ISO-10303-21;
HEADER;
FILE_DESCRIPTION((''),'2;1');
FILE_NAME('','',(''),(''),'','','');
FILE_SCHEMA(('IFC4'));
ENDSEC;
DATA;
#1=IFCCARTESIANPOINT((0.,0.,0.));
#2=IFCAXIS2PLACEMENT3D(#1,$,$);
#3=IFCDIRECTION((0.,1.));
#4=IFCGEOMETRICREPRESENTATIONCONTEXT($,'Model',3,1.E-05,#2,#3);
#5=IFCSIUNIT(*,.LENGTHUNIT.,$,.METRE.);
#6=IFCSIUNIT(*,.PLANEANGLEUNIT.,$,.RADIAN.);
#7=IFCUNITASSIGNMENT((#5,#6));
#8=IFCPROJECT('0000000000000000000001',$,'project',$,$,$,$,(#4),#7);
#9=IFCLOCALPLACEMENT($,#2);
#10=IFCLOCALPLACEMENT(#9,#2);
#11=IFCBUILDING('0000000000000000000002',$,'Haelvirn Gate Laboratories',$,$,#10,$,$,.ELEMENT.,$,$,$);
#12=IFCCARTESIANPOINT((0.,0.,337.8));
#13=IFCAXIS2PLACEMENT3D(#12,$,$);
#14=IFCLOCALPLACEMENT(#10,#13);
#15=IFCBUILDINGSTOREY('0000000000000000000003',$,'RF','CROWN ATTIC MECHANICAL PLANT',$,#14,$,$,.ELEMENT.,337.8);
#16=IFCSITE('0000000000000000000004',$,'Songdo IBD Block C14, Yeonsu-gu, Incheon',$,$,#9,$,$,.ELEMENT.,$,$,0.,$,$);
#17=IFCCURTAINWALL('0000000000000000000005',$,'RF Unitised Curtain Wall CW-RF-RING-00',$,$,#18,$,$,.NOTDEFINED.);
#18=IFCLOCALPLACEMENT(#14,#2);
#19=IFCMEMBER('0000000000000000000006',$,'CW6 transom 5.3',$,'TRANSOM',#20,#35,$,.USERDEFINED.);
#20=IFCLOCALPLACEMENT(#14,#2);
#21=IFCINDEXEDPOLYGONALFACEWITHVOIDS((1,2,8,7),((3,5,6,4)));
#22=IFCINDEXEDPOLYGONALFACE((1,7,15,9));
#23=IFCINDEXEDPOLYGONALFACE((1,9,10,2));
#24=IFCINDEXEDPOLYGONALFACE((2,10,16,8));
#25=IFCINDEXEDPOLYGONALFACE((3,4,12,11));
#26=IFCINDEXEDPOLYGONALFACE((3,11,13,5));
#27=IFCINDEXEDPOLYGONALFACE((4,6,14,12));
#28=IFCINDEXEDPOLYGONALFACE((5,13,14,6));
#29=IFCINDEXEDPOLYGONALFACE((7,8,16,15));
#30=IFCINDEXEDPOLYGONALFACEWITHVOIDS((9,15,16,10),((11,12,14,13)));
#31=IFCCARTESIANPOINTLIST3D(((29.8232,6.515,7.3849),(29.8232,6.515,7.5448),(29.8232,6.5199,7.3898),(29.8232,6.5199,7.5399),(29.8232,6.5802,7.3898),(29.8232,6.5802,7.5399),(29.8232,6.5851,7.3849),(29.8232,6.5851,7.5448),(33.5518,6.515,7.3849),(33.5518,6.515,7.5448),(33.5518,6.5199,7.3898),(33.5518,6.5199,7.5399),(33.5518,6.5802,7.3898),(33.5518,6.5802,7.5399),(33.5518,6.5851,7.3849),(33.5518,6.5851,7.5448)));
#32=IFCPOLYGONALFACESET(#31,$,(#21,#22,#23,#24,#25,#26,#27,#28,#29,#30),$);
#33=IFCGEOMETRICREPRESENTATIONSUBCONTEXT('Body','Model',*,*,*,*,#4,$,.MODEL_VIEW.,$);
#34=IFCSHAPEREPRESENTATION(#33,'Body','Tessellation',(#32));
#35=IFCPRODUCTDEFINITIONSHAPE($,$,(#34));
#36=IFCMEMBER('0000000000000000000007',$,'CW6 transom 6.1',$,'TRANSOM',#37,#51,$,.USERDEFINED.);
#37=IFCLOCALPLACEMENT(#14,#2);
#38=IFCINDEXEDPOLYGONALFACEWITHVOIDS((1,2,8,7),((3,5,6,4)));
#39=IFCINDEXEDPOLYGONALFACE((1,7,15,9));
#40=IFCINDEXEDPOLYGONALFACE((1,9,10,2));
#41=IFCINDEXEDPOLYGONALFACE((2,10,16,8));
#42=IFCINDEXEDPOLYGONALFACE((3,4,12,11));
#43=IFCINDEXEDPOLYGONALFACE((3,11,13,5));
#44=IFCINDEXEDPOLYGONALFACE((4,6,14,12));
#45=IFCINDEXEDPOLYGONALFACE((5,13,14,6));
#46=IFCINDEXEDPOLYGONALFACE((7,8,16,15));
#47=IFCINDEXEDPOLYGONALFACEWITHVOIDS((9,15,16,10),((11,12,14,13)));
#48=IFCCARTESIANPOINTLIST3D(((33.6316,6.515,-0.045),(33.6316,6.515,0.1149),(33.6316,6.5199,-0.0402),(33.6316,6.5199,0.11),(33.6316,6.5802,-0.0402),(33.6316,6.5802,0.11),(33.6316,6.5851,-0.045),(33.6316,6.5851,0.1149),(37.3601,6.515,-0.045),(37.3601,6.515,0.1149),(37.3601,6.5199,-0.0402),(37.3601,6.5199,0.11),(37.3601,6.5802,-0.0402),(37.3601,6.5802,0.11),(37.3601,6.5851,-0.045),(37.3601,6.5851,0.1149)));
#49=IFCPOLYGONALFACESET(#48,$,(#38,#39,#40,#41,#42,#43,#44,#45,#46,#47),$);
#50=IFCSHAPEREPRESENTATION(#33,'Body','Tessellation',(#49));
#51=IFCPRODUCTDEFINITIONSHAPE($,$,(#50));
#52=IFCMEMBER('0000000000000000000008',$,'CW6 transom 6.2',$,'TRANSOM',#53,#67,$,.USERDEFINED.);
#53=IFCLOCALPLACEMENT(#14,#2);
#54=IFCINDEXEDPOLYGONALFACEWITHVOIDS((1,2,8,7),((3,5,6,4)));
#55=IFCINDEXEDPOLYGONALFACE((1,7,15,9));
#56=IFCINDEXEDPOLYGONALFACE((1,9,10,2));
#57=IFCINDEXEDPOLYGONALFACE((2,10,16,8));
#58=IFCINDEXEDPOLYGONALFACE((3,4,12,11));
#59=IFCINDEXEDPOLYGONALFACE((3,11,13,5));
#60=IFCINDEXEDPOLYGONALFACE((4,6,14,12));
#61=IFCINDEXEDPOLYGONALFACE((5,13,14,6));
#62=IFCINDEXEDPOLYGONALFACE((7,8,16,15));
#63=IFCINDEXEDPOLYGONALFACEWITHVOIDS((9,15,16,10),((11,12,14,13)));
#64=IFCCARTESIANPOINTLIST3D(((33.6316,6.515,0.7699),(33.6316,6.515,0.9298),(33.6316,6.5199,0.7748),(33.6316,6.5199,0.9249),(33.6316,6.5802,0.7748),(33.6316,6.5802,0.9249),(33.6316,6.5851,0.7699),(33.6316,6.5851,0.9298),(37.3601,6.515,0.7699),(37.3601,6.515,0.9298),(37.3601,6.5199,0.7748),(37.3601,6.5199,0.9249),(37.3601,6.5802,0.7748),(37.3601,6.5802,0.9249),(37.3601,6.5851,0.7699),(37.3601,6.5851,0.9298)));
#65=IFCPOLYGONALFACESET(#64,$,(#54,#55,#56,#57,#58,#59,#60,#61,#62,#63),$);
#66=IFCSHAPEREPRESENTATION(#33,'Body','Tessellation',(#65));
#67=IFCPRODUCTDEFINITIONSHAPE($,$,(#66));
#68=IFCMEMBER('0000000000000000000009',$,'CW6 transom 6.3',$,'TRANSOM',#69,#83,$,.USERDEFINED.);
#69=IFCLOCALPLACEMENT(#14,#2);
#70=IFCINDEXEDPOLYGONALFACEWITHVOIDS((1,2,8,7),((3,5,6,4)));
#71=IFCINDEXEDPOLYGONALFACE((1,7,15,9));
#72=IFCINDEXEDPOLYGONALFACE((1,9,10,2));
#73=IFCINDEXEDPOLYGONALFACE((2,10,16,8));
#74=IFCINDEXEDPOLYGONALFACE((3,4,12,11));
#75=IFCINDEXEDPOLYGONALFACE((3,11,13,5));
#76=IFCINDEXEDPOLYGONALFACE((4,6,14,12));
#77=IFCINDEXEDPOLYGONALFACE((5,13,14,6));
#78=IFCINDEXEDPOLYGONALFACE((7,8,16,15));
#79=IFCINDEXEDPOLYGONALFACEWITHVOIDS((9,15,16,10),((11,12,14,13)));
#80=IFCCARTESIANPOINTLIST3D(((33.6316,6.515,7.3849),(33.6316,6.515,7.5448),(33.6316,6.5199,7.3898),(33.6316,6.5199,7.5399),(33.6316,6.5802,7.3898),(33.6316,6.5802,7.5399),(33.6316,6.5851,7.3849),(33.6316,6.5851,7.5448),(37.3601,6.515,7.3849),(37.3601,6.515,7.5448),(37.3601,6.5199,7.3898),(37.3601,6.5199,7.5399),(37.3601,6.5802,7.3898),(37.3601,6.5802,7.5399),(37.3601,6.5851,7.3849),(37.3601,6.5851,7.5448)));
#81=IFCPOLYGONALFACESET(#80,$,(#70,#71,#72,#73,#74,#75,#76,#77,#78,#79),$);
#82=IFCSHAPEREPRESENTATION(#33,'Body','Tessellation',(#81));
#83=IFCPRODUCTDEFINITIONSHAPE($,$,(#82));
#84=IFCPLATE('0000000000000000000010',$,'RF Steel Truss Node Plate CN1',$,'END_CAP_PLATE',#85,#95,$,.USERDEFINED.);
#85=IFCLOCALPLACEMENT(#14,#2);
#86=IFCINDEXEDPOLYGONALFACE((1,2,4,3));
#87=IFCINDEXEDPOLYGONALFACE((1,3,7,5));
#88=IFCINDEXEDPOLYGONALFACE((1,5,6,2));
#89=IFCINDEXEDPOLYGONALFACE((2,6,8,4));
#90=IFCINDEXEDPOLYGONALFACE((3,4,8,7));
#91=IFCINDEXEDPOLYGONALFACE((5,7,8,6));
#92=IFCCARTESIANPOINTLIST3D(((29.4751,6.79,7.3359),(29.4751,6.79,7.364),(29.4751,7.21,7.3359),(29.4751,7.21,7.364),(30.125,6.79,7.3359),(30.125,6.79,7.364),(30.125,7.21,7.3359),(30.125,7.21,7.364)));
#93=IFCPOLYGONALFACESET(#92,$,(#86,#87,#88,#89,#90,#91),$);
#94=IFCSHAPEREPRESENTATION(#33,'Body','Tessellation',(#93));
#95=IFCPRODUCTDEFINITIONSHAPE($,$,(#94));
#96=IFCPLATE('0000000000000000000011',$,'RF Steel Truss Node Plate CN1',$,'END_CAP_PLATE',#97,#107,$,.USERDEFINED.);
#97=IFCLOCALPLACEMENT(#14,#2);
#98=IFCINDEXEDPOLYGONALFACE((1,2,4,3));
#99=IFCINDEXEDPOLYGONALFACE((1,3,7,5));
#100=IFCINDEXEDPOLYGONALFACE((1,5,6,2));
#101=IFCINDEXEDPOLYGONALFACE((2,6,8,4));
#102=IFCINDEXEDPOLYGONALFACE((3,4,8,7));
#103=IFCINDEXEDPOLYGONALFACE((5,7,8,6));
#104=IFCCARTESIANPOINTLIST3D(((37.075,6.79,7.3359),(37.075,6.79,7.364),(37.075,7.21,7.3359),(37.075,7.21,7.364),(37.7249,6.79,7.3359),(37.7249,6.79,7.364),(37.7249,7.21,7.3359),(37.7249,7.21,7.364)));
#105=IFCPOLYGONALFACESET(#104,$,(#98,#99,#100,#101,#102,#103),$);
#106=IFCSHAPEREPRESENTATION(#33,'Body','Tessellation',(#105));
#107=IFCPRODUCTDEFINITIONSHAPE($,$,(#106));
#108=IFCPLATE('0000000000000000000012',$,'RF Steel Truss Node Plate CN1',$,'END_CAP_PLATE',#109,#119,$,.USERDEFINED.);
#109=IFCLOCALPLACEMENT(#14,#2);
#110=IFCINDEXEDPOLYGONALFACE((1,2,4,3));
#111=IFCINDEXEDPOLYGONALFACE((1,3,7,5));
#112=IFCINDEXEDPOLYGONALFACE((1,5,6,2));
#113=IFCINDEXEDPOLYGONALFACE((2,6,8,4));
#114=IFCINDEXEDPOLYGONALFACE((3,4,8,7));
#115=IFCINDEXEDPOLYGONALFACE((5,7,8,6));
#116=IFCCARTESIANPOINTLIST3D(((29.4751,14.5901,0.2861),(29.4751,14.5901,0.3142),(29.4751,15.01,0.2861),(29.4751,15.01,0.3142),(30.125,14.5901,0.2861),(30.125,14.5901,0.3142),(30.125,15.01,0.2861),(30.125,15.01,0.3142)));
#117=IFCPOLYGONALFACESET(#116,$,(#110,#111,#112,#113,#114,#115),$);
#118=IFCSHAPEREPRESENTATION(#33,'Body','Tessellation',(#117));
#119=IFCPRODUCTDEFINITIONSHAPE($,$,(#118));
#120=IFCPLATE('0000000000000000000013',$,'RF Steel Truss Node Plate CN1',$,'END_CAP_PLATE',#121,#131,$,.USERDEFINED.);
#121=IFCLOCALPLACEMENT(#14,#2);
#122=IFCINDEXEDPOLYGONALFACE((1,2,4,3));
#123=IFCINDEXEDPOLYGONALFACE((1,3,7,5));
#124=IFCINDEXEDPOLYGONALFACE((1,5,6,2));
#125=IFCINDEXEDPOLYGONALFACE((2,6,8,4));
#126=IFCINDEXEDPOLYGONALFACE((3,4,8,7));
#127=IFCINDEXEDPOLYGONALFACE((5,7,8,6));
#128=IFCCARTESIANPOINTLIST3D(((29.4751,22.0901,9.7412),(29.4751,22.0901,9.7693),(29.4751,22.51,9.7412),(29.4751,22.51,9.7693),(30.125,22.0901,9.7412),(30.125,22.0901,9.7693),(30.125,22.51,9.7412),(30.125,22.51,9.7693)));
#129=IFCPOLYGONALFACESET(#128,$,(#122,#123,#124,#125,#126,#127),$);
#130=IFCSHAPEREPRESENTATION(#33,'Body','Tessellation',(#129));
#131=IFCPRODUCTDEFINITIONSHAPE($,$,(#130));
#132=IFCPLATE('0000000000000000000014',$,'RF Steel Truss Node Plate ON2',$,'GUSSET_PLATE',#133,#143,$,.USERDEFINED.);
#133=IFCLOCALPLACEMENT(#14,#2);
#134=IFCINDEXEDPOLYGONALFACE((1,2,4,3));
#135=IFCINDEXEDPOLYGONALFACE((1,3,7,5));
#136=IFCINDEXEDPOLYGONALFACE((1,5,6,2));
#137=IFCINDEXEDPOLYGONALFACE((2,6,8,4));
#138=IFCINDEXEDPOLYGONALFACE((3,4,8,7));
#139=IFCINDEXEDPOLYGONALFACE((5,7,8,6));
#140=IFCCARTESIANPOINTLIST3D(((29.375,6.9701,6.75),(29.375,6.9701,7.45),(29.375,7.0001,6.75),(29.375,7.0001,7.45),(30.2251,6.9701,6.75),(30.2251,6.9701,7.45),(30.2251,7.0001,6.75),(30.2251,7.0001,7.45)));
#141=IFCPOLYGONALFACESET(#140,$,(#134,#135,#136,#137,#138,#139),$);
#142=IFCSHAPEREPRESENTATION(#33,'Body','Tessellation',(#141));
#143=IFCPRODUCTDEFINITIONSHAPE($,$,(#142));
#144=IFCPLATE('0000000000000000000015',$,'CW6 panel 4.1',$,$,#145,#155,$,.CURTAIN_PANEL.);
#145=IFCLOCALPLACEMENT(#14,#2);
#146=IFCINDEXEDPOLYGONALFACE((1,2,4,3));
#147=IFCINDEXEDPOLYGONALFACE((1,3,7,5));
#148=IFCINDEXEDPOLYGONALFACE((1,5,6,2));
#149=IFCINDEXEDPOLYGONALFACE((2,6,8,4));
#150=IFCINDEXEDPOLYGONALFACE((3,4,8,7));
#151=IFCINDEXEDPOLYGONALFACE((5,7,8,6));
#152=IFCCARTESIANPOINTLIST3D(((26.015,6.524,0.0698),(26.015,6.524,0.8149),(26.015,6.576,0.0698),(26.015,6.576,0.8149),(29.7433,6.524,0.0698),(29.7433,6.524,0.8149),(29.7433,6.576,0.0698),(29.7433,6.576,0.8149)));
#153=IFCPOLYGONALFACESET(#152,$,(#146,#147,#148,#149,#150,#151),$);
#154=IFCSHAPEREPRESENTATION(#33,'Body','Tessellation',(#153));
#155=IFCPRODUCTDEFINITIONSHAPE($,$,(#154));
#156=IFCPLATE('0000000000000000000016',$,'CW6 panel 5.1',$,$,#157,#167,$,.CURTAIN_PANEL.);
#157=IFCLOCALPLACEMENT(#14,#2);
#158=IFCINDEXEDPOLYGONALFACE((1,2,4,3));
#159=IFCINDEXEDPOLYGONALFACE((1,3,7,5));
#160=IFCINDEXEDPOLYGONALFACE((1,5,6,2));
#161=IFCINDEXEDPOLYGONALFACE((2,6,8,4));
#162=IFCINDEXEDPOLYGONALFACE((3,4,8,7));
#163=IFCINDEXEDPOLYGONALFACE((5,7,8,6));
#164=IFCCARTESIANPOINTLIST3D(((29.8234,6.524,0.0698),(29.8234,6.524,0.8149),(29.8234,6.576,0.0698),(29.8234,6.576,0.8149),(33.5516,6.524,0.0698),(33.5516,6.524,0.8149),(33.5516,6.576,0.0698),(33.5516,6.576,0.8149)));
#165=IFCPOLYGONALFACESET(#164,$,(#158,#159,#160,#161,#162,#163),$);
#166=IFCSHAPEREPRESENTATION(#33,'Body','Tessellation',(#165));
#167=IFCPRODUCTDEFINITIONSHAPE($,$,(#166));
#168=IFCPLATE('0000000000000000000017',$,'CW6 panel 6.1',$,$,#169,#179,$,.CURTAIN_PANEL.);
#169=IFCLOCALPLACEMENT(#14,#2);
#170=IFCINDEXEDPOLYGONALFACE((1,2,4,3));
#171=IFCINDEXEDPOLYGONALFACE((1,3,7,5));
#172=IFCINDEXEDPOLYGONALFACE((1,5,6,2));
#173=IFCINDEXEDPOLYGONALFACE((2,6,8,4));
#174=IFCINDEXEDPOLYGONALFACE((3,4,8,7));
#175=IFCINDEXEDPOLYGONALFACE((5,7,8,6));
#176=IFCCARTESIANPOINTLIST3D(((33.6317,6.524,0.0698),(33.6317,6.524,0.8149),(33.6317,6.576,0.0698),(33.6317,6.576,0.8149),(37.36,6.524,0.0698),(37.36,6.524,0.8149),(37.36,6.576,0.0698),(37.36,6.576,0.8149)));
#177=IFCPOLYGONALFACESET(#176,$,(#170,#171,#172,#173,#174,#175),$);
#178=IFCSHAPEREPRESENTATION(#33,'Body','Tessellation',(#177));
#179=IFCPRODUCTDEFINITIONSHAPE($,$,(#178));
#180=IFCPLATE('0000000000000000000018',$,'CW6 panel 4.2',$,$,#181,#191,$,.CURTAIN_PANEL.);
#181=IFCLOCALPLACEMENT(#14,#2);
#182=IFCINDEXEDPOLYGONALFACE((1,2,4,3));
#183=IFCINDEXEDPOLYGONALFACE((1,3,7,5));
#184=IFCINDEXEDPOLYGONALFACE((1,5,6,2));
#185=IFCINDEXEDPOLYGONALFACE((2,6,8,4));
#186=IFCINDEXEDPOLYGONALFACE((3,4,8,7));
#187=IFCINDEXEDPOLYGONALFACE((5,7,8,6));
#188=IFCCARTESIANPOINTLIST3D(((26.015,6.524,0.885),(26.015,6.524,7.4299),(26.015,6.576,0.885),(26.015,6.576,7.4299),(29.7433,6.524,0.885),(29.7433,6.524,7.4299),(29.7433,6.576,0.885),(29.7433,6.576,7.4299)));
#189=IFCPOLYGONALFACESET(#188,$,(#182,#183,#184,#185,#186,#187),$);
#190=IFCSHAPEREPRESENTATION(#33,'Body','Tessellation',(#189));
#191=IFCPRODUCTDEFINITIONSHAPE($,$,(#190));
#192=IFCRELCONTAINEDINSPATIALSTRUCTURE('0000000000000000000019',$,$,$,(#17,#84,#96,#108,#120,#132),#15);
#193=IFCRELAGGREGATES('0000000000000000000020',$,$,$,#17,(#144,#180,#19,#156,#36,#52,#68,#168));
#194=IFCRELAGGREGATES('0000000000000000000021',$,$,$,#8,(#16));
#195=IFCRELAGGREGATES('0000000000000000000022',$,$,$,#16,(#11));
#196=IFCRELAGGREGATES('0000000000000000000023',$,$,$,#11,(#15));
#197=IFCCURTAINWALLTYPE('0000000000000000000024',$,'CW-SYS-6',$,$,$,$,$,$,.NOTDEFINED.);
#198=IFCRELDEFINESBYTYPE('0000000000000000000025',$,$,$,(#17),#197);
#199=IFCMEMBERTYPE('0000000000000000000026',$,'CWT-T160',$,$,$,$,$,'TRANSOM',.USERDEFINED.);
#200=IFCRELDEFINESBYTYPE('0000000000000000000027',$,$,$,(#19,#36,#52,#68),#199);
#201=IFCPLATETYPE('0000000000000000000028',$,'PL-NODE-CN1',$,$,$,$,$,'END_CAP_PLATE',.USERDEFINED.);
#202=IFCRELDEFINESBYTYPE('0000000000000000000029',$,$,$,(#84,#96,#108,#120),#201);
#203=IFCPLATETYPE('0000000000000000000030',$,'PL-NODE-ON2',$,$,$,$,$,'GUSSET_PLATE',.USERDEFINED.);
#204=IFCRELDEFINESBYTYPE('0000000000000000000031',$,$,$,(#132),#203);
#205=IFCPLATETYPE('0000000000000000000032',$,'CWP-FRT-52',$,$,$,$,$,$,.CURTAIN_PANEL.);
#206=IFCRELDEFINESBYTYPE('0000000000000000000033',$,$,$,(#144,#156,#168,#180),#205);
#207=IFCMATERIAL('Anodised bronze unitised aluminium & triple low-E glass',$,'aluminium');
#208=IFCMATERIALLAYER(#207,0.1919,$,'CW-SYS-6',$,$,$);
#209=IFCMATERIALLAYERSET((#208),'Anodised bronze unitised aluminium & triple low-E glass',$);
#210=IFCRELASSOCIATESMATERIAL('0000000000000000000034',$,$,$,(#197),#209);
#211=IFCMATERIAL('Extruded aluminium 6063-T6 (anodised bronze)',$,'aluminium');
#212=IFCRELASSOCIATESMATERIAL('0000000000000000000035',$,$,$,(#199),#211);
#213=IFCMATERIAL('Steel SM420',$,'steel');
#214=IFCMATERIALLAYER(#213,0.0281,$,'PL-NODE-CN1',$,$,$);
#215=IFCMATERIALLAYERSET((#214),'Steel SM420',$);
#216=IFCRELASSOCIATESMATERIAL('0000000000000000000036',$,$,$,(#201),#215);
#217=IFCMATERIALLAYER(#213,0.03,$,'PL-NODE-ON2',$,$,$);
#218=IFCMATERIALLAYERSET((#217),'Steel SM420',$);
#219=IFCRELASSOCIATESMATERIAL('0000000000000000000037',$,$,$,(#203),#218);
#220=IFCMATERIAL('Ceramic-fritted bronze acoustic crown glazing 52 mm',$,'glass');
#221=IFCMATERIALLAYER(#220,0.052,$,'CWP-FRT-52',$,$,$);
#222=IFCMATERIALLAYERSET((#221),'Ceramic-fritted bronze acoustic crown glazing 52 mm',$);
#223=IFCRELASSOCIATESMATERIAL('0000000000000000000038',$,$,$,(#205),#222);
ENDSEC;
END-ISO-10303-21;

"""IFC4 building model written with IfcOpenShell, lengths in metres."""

from ifc_helpers import new_model, si_unit, direction, frame, origin, origin_2d, place, context, subcontext, project, spatial, rectangle, hollow_rectangle, extrude, source, transform, mapped, material, layer, layer_set, material_profile, profile_set, type_object, type_shapes, element, aggregate, save


model = new_model("IFC4")

# Units and contexts
model_context = context("Model", 3, precision=1e-05, world=origin(), true_north=direction((0.0, 1.0)))
body_context = subcontext(model_context, "Body", "Model", "MODEL_VIEW")
ifc_project = project(units=[si_unit("LENGTHUNIT", "METRE"), si_unit("PLANEANGLEUNIT", "RADIAN")], contexts=[model_context])

# Site, building, storey
site_placement = place(None, origin())
site = spatial("IfcSite", under=ifc_project, at=site_placement, Name="Songdo IBD Block C14, Yeonsu-gu, Incheon", CompositionType="ELEMENT", RefElevation=0.0)
building_placement = place(site_placement, origin())
building = spatial("IfcBuilding", under=site, at=building_placement, Name="Haelvirn Gate Laboratories", CompositionType="ELEMENT")
storey_placement = place(building_placement, frame((0.0, 0.0, 337.8)))
storey = spatial("IfcBuildingStorey", under=building, at=storey_placement, Name="RF", Description="CROWN ATTIC MECHANICAL PLANT", CompositionType="ELEMENT", Elevation=337.8)

# Shared definitions
ifc_material_1 = material(Name="Steel SM420", Category="steel")

# Curtain wall, members
ifc_material_2 = material(Name="Anodised bronze unitised aluminium & triple low-E glass", Category="aluminium")
ifc_layer_1 = layer(ifc_material_2, 0.1919, Name="CW-SYS-6")
ifc_layer_set_1 = layer_set([ifc_layer_1], Name="Anodised bronze unitised aluminium & triple low-E glass")
curtain_wall_type = type_object("IfcCurtainWallType", Name="CW-SYS-6", PredefinedType="NOTDEFINED", material=ifc_layer_set_1)
curtain_wall_placement = place(storey_placement, origin())
curtain_wall = element("IfcCurtainWall", 1, at=curtain_wall_placement, inside=storey, type_object=curtain_wall_type, Name="RF Unitised Curtain Wall CW-RF-RING-00", PredefinedType="NOTDEFINED")
ifc_material_3 = material(Name="Extruded aluminium 6063-T6 (anodised bronze)", Category="aluminium")
ifc_material_profile_1 = material_profile(ifc_material_3, hollow_rectangle(XDim=0.0701, YDim=0.1599, WallThickness=0.0049, at=origin_2d()), Name="CWT-160x70x5")
ifc_profile_set_1 = profile_set([ifc_material_profile_1], Name="Extruded aluminium 6063-T6 (anodised bronze)")
member_type_1 = type_object("IfcMemberType", Name="CWT-T160", ElementType="TRANSOM", PredefinedType="USERDEFINED", material=ifc_profile_set_1)
shared_shape_1 = source(origin(), body_context, "Body", "SweptSolid", [
    extrude(hollow_rectangle(XDim=0.0701, YDim=0.1599, WallThickness=0.0049, at=origin_2d()), origin(), (0.0, 0.0, 1.0), 3.7285),
])
type_shapes(member_type_1, [shared_shape_1])
member_1_placement = place(storey_placement, frame((29.8232, 6.55, 7.4648), z_axis=(1.0, 0.0, 0.0), x_axis=(0.0, 1.0, 0.0)))
member_1 = element("IfcMember", 2, at=member_1_placement, type_object=member_type_1, Name="CW6 transom 5.3", ObjectType="TRANSOM", PredefinedType="USERDEFINED", context=body_context, shape_type="MappedRepresentation", body=[
    mapped(shared_shape_1, transform((0.0, 0.0, 0.0), scale=1.0)),
])
member_2_placement = place(storey_placement, frame((33.6316, 6.55, 0.0349), z_axis=(1.0, 0.0, 0.0), x_axis=(0.0, 1.0, 0.0)))
member_2 = element("IfcMember", 3, at=member_2_placement, type_object=member_type_1, Name="CW6 transom 6.1", ObjectType="TRANSOM", PredefinedType="USERDEFINED", context=body_context, shape_type="MappedRepresentation", body=[
    mapped(shared_shape_1, transform((0.0, 0.0, 0.0), scale=1.0)),
])
member_3_placement = place(storey_placement, frame((33.6316, 6.55, 0.8499), z_axis=(1.0, 0.0, 0.0), x_axis=(0.0, 1.0, 0.0)))
member_3 = element("IfcMember", 4, at=member_3_placement, type_object=member_type_1, Name="CW6 transom 6.2", ObjectType="TRANSOM", PredefinedType="USERDEFINED", context=body_context, shape_type="MappedRepresentation", body=[
    mapped(shared_shape_1, transform((0.0, 0.0, 0.0), scale=1.0)),
])
member_4_placement = place(storey_placement, frame((33.6316, 6.55, 7.4648), z_axis=(1.0, 0.0, 0.0), x_axis=(0.0, 1.0, 0.0)))
member_4 = element("IfcMember", 5, at=member_4_placement, type_object=member_type_1, Name="CW6 transom 6.3", ObjectType="TRANSOM", PredefinedType="USERDEFINED", context=body_context, shape_type="MappedRepresentation", body=[
    mapped(shared_shape_1, transform((0.0, 0.0, 0.0), scale=1.0)),
])

# Plates
ifc_layer_2 = layer(ifc_material_1, 0.0281, Name="PL-NODE-CN1")
ifc_layer_set_2 = layer_set([ifc_layer_2], Name="Steel SM420")
plate_type_1 = type_object("IfcPlateType", Name="PL-NODE-CN1", ElementType="END_CAP_PLATE", PredefinedType="USERDEFINED", material=ifc_layer_set_2)
shared_shape_2 = source(origin(), body_context, "Body", "SweptSolid", [
    extrude(rectangle(XDim=0.6499, YDim=0.4199, at=origin_2d()), origin(), (0.0, 0.0, 1.0), 0.0281),
])
type_shapes(plate_type_1, [shared_shape_2])
for number, where, z_axis, x_axis, name in (
    (6, (29.8, 7.0, 7.3359), (0.0, 0.0, 1.0), (1.0, 0.0, 0.0), "RF Steel Truss Node Plate CN1"),
    (7, (37.3999, 7.0, 7.3359), (0.0, 0.0, 1.0), (1.0, 0.0, 0.0), "RF Steel Truss Node Plate CN1"),
    (8, (29.8, 14.8, 0.2861), (0.0, 0.0, 1.0), (1.0, 0.0, 0.0), "RF Steel Truss Node Plate CN1"),
    (9, (29.8, 22.3, 9.7412), (0.0, 0.0, 1.0), (1.0, 0.0, 0.0), "RF Steel Truss Node Plate CN1"),
):
    element("IfcPlate", number, at=place(storey_placement, frame(where, z_axis=z_axis, x_axis=x_axis)), inside=storey, type_object=plate_type_1, Name=name, ObjectType="END_CAP_PLATE", PredefinedType="USERDEFINED", context=body_context, shape_type="MappedRepresentation", body=[
        mapped(shared_shape_2, transform((0.0, 0.0, 0.0), scale=1.0)),
    ])
ifc_layer_3 = layer(ifc_material_1, 0.03, Name="PL-NODE-ON2")
ifc_layer_set_3 = layer_set([ifc_layer_3], Name="Steel SM420")
plate_type_2 = type_object("IfcPlateType", Name="PL-NODE-ON2", ElementType="GUSSET_PLATE", PredefinedType="USERDEFINED", material=ifc_layer_set_3)
shared_shape_3 = source(origin(), body_context, "Body", "SweptSolid", [
    extrude(rectangle(XDim=0.8501, YDim=0.03, at=origin_2d()), origin(), (0.0, 0.0, 1.0), 0.7),
])
type_shapes(plate_type_2, [shared_shape_3])
plate_1_placement = place(storey_placement, frame((29.8, 6.9851, 6.75), z_axis=(0.0, 0.0, 1.0), x_axis=(1.0, 0.0, 0.0)))
element("IfcPlate", 10, at=plate_1_placement, inside=storey, type_object=plate_type_2, Name="RF Steel Truss Node Plate ON2", ObjectType="GUSSET_PLATE", PredefinedType="USERDEFINED", context=body_context, shape_type="MappedRepresentation", body=[
    mapped(shared_shape_3, transform((0.0, 0.0, 0.0), scale=1.0)),
])

# Plates
ifc_material_4 = material(Name="Ceramic-fritted bronze acoustic crown glazing 52 mm", Category="glass")
ifc_layer_4 = layer(ifc_material_4, 0.052, Name="CWP-FRT-52")
ifc_layer_set_4 = layer_set([ifc_layer_4], Name="Ceramic-fritted bronze acoustic crown glazing 52 mm")
plate_type_3 = type_object("IfcPlateType", Name="CWP-FRT-52", PredefinedType="CURTAIN_PANEL", material=ifc_layer_set_4)
shared_shape_4 = source(origin(), body_context, "Body", "SweptSolid", [
    extrude(rectangle(XDim=3.7283, YDim=0.052, at=origin_2d()), origin(), (0.0, 0.0, 1.0), 0.7451),
])
plate_2_placement = place(storey_placement, frame((27.8792, 6.55, 0.0698), z_axis=(0.0, 0.0, 1.0), x_axis=(1.0, 0.0, 0.0)))
plate_2 = element("IfcPlate", 11, at=plate_2_placement, type_object=plate_type_3, Name="CW6 panel 4.1", PredefinedType="CURTAIN_PANEL", context=body_context, shape_type="MappedRepresentation", body=[
    mapped(shared_shape_4, transform((0.0, 0.0, 0.0), scale=1.0)),
])
plate_3_placement = place(storey_placement, frame((31.6875, 6.55, 0.0698), z_axis=(0.0, 0.0, 1.0), x_axis=(1.0, 0.0, 0.0)))
plate_3 = element("IfcPlate", 12, at=plate_3_placement, type_object=plate_type_3, Name="CW6 panel 5.1", PredefinedType="CURTAIN_PANEL", context=body_context, shape_type="MappedRepresentation", body=[
    mapped(shared_shape_4, transform((0.0, 0.0, 0.0), scale=1.0)),
])
plate_4_placement = place(storey_placement, frame((35.4958, 6.55, 0.0698), z_axis=(0.0, 0.0, 1.0), x_axis=(1.0, 0.0, 0.0)))
plate_4 = element("IfcPlate", 13, at=plate_4_placement, type_object=plate_type_3, Name="CW6 panel 6.1", PredefinedType="CURTAIN_PANEL", context=body_context, shape_type="MappedRepresentation", body=[
    mapped(shared_shape_4, transform((0.0, 0.0, 0.0), scale=1.0)),
])
shared_shape_5 = source(origin(), body_context, "Body", "SweptSolid", [
    extrude(rectangle(XDim=3.7283, YDim=0.052, at=origin_2d()), origin(), (0.0, 0.0, 1.0), 6.5449),
])
type_shapes(plate_type_3, [shared_shape_4, shared_shape_5])
plate_5_placement = place(storey_placement, frame((27.8792, 6.55, 0.885), z_axis=(0.0, 0.0, 1.0), x_axis=(1.0, 0.0, 0.0)))
plate_5 = element("IfcPlate", 14, at=plate_5_placement, type_object=plate_type_3, Name="CW6 panel 4.2", PredefinedType="CURTAIN_PANEL", context=body_context, shape_type="MappedRepresentation", body=[
    mapped(shared_shape_5, transform((0.0, 0.0, 0.0), scale=1.0)),
])
aggregate(curtain_wall, [plate_2, plate_5, member_1, plate_3, member_2, member_3, member_4, plate_4])

save(model, "model.ifc")
